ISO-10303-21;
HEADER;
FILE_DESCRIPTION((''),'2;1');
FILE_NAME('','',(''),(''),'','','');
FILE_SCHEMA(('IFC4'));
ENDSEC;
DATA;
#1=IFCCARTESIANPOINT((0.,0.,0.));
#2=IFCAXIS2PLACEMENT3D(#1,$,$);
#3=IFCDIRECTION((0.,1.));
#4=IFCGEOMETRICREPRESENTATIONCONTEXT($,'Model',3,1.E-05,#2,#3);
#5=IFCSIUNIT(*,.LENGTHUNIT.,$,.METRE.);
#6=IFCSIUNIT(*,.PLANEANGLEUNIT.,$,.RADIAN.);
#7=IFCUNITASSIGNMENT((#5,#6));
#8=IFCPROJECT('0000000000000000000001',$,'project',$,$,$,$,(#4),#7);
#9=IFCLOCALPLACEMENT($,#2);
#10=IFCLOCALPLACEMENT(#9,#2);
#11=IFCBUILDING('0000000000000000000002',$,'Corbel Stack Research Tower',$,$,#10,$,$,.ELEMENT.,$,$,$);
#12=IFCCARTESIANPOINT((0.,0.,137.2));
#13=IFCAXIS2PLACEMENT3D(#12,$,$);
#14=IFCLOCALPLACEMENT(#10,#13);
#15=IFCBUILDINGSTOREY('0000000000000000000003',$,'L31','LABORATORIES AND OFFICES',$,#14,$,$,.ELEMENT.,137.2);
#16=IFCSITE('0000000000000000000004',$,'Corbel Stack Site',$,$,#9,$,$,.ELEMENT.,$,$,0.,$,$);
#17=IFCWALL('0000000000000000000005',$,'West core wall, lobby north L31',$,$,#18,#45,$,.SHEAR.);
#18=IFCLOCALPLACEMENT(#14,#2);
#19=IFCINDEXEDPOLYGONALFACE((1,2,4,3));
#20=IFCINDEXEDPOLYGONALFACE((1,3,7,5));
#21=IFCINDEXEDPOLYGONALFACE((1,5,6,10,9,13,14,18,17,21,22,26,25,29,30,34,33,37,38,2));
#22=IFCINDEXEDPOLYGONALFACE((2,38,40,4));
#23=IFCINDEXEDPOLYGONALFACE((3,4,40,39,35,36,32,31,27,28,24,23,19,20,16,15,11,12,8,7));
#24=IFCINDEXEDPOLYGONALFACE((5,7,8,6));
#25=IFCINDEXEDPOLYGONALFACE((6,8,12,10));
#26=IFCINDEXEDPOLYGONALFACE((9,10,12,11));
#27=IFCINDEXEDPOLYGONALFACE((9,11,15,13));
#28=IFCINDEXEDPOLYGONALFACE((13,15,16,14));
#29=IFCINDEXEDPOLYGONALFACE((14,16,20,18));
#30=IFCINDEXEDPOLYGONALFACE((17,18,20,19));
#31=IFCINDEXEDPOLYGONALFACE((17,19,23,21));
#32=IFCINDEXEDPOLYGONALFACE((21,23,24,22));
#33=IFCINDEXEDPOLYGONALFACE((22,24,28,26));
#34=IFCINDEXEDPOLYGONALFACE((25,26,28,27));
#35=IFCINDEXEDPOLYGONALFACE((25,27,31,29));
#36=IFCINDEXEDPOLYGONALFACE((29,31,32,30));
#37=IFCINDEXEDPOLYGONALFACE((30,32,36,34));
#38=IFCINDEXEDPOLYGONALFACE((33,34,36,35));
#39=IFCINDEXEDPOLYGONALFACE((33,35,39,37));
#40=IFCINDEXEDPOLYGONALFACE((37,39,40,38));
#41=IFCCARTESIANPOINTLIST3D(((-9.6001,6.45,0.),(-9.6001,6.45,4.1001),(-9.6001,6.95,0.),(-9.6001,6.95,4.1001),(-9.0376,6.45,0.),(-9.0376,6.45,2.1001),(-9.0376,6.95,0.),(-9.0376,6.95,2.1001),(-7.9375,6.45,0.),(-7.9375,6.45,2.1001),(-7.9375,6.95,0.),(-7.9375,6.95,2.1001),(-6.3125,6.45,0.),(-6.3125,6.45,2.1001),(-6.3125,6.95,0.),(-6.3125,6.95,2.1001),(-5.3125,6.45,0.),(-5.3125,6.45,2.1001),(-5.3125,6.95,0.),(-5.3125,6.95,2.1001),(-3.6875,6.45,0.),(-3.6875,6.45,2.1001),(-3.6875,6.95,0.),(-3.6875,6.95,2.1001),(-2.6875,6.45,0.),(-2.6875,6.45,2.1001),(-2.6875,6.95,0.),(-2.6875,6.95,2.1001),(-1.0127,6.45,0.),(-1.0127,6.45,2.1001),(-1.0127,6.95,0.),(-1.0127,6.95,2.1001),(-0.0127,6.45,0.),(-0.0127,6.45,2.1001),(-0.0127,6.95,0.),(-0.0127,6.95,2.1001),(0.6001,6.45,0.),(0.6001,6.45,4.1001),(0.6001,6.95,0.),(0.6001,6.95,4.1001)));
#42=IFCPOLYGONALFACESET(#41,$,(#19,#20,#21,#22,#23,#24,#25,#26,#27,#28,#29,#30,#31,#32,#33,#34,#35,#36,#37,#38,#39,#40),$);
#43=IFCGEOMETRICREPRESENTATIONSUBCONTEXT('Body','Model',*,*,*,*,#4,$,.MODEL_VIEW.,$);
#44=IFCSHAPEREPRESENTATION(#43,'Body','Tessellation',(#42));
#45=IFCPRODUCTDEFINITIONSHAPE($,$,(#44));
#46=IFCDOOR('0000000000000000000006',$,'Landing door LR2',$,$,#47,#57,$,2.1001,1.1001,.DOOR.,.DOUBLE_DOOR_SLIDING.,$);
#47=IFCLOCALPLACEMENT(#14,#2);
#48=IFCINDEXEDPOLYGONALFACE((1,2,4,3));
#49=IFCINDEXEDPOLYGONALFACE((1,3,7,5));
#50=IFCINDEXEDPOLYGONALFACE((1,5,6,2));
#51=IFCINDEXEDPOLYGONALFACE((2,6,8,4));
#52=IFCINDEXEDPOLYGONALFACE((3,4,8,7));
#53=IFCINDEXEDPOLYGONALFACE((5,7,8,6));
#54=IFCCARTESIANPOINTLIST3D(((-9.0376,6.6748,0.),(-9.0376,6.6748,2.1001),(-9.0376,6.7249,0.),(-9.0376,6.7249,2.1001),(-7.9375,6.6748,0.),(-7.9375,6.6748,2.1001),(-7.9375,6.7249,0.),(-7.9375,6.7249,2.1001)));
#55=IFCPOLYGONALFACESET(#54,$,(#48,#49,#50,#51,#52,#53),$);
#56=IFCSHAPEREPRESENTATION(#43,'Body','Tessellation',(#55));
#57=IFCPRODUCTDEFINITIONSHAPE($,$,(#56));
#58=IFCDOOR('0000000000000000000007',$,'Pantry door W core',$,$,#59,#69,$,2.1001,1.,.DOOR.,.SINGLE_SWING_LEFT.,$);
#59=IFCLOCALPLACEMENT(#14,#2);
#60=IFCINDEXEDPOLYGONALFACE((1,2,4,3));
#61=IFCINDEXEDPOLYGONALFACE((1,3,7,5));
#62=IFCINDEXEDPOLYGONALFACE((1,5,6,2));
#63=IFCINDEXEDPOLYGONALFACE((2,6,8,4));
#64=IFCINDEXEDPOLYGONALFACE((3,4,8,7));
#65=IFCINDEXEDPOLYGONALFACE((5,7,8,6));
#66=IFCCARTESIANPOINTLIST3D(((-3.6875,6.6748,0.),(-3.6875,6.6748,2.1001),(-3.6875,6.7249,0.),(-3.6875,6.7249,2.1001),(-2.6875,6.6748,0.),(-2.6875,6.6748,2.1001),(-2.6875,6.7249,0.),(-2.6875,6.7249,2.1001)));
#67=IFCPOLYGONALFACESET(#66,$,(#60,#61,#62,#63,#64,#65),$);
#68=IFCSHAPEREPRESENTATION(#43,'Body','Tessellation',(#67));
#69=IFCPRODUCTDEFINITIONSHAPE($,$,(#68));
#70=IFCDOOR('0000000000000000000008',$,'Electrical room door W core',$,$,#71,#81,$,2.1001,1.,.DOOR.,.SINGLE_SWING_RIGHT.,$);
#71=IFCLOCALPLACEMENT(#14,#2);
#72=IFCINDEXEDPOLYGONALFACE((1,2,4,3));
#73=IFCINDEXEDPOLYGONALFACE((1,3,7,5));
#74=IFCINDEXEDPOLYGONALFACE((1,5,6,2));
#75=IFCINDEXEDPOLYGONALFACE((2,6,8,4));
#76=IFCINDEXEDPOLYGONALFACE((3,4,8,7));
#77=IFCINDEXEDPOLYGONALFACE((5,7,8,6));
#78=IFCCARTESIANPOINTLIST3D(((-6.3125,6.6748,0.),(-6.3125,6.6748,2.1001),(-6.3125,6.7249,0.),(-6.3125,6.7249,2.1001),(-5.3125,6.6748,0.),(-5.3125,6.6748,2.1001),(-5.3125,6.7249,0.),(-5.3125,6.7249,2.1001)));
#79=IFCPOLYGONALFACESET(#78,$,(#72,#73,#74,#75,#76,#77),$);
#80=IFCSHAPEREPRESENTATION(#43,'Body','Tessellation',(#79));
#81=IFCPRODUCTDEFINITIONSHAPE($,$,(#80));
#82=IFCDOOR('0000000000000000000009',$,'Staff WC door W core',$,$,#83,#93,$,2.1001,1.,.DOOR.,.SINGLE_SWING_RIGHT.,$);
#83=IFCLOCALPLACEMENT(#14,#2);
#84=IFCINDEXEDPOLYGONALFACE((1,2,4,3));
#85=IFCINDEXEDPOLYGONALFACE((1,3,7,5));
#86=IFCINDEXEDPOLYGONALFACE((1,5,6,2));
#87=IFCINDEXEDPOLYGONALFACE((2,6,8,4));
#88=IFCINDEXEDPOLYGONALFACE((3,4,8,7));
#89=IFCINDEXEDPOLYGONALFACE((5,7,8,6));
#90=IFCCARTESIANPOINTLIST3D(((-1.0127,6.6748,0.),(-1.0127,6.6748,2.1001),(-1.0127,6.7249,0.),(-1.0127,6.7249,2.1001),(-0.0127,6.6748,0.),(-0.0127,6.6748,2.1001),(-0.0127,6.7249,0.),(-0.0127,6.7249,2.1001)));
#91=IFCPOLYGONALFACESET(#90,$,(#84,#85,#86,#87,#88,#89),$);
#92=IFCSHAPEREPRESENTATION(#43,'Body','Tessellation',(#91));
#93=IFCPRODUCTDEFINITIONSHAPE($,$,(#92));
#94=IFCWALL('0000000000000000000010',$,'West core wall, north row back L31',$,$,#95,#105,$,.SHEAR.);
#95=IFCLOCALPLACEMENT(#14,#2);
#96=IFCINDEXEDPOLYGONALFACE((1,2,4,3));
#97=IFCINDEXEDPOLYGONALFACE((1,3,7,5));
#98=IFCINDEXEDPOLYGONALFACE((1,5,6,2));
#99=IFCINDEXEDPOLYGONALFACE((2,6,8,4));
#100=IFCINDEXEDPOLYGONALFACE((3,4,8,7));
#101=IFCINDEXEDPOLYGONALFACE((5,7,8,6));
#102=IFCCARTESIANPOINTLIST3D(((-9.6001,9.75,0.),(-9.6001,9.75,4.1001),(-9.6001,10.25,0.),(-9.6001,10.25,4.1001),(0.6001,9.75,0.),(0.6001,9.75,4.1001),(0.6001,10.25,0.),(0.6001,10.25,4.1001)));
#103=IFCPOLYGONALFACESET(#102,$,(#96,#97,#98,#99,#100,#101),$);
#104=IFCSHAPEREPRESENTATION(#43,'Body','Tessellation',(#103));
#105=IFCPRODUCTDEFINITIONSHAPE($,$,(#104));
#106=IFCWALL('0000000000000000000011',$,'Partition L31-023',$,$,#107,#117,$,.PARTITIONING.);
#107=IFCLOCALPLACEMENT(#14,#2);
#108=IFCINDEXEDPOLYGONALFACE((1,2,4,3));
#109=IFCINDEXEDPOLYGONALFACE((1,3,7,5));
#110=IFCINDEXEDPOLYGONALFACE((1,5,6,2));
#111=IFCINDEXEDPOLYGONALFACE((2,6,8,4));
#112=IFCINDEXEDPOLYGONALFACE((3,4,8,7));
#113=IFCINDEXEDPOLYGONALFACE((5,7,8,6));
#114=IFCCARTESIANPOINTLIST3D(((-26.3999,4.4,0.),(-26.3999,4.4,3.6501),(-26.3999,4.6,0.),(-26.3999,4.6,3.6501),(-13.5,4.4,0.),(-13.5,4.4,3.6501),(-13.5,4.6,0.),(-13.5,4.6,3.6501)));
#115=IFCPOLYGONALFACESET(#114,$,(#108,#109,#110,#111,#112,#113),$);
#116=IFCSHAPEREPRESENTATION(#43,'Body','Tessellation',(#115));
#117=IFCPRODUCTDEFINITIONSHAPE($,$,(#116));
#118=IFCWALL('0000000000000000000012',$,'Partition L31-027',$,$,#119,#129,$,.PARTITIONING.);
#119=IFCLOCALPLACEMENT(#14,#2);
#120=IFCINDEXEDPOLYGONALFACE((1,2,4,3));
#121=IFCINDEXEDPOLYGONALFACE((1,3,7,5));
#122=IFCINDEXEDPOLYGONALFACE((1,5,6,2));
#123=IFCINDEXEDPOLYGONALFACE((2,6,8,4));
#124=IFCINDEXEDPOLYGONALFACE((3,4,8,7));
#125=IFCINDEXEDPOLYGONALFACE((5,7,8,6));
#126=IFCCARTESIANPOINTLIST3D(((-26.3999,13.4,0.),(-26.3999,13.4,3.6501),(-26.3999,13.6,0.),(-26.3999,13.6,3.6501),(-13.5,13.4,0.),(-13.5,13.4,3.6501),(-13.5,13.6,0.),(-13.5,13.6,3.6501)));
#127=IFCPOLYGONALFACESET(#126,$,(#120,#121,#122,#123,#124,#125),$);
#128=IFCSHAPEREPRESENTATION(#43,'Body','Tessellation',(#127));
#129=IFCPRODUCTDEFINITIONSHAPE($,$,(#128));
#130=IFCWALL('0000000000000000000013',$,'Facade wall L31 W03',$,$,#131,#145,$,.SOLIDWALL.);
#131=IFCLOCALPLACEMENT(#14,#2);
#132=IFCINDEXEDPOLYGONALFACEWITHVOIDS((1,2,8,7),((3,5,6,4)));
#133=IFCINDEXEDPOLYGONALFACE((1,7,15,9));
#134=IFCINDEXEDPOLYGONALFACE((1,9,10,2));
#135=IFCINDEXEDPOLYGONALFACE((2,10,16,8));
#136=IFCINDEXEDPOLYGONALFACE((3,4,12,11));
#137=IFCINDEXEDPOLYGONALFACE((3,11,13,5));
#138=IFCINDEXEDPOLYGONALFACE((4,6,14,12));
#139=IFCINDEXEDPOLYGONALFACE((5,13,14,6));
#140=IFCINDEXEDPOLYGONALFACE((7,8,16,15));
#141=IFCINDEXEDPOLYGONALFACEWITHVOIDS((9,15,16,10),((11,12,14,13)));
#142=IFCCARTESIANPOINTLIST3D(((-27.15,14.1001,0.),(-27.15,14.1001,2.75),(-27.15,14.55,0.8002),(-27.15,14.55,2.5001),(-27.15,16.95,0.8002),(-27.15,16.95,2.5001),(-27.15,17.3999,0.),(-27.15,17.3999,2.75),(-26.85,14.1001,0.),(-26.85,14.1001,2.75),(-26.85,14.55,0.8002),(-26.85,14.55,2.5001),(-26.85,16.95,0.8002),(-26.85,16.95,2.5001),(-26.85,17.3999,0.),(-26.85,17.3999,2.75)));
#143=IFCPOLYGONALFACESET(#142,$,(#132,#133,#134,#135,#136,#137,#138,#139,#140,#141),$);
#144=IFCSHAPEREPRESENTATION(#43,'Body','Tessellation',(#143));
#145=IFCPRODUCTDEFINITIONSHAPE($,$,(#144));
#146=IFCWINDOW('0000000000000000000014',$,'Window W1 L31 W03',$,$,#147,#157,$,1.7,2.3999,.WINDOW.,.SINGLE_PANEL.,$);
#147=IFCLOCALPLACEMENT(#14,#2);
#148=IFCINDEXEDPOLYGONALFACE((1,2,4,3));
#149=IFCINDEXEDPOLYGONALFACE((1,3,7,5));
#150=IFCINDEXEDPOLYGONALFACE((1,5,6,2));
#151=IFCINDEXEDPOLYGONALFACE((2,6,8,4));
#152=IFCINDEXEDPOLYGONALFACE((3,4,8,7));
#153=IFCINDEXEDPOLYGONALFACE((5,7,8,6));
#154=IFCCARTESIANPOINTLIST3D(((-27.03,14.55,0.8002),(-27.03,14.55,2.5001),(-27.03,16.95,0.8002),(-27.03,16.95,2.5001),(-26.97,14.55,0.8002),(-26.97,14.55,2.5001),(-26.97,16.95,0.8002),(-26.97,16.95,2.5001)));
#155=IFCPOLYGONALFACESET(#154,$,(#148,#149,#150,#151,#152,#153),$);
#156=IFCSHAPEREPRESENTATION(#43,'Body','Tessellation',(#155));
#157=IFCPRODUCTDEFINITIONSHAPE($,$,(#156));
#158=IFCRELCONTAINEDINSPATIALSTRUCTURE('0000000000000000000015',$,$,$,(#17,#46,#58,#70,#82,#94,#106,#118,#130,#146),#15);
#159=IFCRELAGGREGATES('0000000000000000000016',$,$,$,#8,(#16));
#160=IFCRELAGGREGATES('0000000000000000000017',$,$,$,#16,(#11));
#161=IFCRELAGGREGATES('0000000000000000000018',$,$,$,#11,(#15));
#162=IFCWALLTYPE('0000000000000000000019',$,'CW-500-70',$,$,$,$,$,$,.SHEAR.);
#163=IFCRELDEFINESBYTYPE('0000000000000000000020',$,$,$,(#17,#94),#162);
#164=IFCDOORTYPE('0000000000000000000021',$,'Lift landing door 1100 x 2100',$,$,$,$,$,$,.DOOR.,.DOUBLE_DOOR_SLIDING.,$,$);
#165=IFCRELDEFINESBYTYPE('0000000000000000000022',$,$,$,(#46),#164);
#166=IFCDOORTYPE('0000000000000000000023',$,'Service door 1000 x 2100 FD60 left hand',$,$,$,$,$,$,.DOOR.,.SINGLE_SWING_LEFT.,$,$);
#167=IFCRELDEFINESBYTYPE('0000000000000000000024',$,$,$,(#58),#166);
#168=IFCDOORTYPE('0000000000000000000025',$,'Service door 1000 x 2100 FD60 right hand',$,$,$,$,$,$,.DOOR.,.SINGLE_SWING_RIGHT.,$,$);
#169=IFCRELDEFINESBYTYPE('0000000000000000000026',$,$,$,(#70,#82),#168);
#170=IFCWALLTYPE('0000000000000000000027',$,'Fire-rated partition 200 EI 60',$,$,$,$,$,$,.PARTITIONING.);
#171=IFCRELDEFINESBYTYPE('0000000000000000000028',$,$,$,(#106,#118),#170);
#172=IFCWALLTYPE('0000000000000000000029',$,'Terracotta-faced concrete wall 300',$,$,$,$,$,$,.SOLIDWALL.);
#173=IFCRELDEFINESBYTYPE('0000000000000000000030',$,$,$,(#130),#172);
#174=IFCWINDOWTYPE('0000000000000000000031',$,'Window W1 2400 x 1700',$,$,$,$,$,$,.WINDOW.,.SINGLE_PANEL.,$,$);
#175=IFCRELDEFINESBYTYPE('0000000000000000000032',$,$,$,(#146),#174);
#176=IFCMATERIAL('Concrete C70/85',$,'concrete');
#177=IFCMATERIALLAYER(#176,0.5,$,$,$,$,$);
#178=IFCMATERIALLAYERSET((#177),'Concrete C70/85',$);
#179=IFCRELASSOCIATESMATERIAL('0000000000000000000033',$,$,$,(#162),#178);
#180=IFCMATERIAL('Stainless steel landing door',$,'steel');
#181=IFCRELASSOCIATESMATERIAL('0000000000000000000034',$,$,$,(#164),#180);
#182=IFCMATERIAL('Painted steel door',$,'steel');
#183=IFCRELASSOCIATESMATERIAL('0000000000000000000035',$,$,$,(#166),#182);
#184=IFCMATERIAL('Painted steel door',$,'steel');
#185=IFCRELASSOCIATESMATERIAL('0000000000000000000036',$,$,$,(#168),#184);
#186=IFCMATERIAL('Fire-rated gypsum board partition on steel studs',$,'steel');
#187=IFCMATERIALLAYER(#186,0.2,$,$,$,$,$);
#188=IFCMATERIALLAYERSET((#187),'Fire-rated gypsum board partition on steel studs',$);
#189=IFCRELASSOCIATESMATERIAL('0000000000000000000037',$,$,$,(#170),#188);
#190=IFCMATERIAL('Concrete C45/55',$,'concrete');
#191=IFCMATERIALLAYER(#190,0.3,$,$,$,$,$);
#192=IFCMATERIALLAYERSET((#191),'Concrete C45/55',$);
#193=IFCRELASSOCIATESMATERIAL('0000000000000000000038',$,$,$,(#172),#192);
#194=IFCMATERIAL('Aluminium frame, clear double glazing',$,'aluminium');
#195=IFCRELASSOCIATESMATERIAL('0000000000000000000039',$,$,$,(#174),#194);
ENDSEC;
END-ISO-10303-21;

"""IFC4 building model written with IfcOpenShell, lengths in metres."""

from ifc_helpers import new_model, si_unit, direction, frame, frame_2d, origin, place, context, subcontext, project, spatial, rectangle, extrude, material, layer, layer_set, type_object, element, fill, save


model = new_model("IFC4")

# Units and contexts
model_context = context("Model", 3, precision=1e-05, world=origin(), true_north=direction((0.0, 1.0)))
body_context = subcontext(model_context, "Body", "Model", "MODEL_VIEW")
ifc_project = project(units=[si_unit("LENGTHUNIT", "METRE"), si_unit("PLANEANGLEUNIT", "RADIAN")], contexts=[model_context])

# Site, building, storey
site_placement = place(None, origin())
site = spatial("IfcSite", under=ifc_project, at=site_placement, Name="Corbel Stack Site", CompositionType="ELEMENT", RefElevation=0.0)
building_placement = place(site_placement, origin())
building = spatial("IfcBuilding", under=site, at=building_placement, Name="Corbel Stack Research Tower", CompositionType="ELEMENT")
storey_placement = place(building_placement, frame((0.0, 0.0, 137.2)))
storey = spatial("IfcBuildingStorey", under=building, at=storey_placement, Name="L31", Description="LABORATORIES AND OFFICES", CompositionType="ELEMENT", Elevation=137.2)

# Wall, openings, doors
ifc_material_1 = material(Name="Concrete C70/85", Category="concrete")
ifc_layer_1 = layer(ifc_material_1, 0.5)
ifc_layer_set_1 = layer_set([ifc_layer_1], Name="Concrete C70/85")
wall_type_1 = type_object("IfcWallType", Name="CW-500-70", PredefinedType="SHEAR", material=ifc_layer_set_1)
ifc_material_2 = material(Name="Stainless steel landing door", Category="steel")
door_type_1 = type_object("IfcDoorType", Name="Lift landing door 1100 x 2100", OperationType="DOUBLE_DOOR_SLIDING", PredefinedType="DOOR", material=ifc_material_2)
wall_1_placement = place(storey_placement, frame((-9.6001, 6.7, 0.0), z_axis=(0.0, 0.0, 1.0), x_axis=(1.0, 0.0, 0.0)))
wall_1 = element("IfcWall", 1, at=wall_1_placement, inside=storey, type_object=wall_type_1, Name="West core wall, lobby north L31", PredefinedType="SHEAR", context=body_context, shape_type="SweptSolid", body=[
    extrude(rectangle(XDim=10.2002, YDim=0.5, at=frame_2d((5.1001, 0.0))), origin(), (0.0, 0.0, 1.0), 4.1001),
])
opening_1_placement = place(wall_1_placement, frame((0.5625, 0.0, 0.0)))
opening_1 = element("IfcOpeningElement", 2, at=opening_1_placement, cuts=wall_1, PredefinedType="OPENING", context=body_context, shape_type="SweptSolid", body=[
    extrude(rectangle(XDim=1.1001, YDim=2.1001, at=frame_2d((0.55, 1.05))), frame((0.0, 0.26, 0.0), z_axis=(0.0, -1.0, 0.0), x_axis=(1.0, 0.0, 0.0)), (0.0, 0.0, 1.0), 0.52),
])
opening_2_placement = place(wall_1_placement, frame((3.2876, 0.0, 0.0)))
opening_2 = element("IfcOpeningElement", 3, at=opening_2_placement, cuts=wall_1, PredefinedType="OPENING", context=body_context, shape_type="SweptSolid", body=[
    extrude(rectangle(XDim=1.0, YDim=2.1001, at=frame_2d((0.5, 1.05))), frame((0.0, 0.26, 0.0), z_axis=(0.0, -1.0, 0.0), x_axis=(1.0, 0.0, 0.0)), (0.0, 0.0, 1.0), 0.52),
])
opening_3_placement = place(wall_1_placement, frame((5.9126, 0.0, 0.0)))
opening_3 = element("IfcOpeningElement", 4, at=opening_3_placement, cuts=wall_1, PredefinedType="OPENING", context=body_context, shape_type="SweptSolid", body=[
    extrude(rectangle(XDim=1.0, YDim=2.1001, at=frame_2d((0.5, 1.05))), frame((0.0, 0.26, 0.0), z_axis=(0.0, -1.0, 0.0), x_axis=(1.0, 0.0, 0.0)), (0.0, 0.0, 1.0), 0.52),
])
opening_4_placement = place(wall_1_placement, frame((8.5874, 0.0, 0.0)))
opening_4 = element("IfcOpeningElement", 5, at=opening_4_placement, cuts=wall_1, PredefinedType="OPENING", context=body_context, shape_type="SweptSolid", body=[
    extrude(rectangle(XDim=1.0, YDim=2.1001, at=frame_2d((0.5, 1.05))), frame((0.0, 0.26, 0.0), z_axis=(0.0, -1.0, 0.0), x_axis=(1.0, 0.0, 0.0)), (0.0, 0.0, 1.0), 0.52),
])
door_1_placement = place(opening_1_placement, origin())
door_1 = element("IfcDoor", 6, at=door_1_placement, inside=storey, type_object=door_type_1, Name="Landing door LR2", OperationType="DOUBLE_DOOR_SLIDING", OverallHeight=2.1001, OverallWidth=1.1001, PredefinedType="DOOR", context=body_context, shape_type="SweptSolid", body=[
    extrude(rectangle(XDim=1.1001, YDim=2.1001, at=frame_2d((0.55, 1.05))), frame((0.0, 0.0249, 0.0), z_axis=(0.0, -1.0, 0.0), x_axis=(1.0, 0.0, 0.0)), (0.0, 0.0, 1.0), 0.05),
])
fill(opening_1, door_1)
ifc_material_3 = material(Name="Painted steel door", Category="steel")
door_type_2 = type_object("IfcDoorType", Name="Service door 1000 x 2100 FD60 left hand", OperationType="SINGLE_SWING_LEFT", PredefinedType="DOOR", material=ifc_material_3)
door_2_placement = place(opening_3_placement, origin())
door_2 = element("IfcDoor", 7, at=door_2_placement, inside=storey, type_object=door_type_2, Name="Pantry door W core", OperationType="SINGLE_SWING_LEFT", OverallHeight=2.1001, OverallWidth=1.0, PredefinedType="DOOR", context=body_context, shape_type="SweptSolid", body=[
    extrude(rectangle(XDim=1.0, YDim=2.1001, at=frame_2d((0.5, 1.05))), frame((0.0, 0.0249, 0.0), z_axis=(0.0, -1.0, 0.0), x_axis=(1.0, 0.0, 0.0)), (0.0, 0.0, 1.0), 0.05),
])
fill(opening_3, door_2)
ifc_material_4 = material(Name="Painted steel door", Category="steel")
door_type_3 = type_object("IfcDoorType", Name="Service door 1000 x 2100 FD60 right hand", OperationType="SINGLE_SWING_RIGHT", PredefinedType="DOOR", material=ifc_material_4)
door_3_placement = place(opening_2_placement, origin())
door_3 = element("IfcDoor", 8, at=door_3_placement, inside=storey, type_object=door_type_3, Name="Electrical room door W core", OperationType="SINGLE_SWING_RIGHT", OverallHeight=2.1001, OverallWidth=1.0, PredefinedType="DOOR", context=body_context, shape_type="SweptSolid", body=[
    extrude(rectangle(XDim=1.0, YDim=2.1001, at=frame_2d((0.5, 1.05))), frame((0.0, 0.0249, 0.0), z_axis=(0.0, -1.0, 0.0), x_axis=(1.0, 0.0, 0.0)), (0.0, 0.0, 1.0), 0.05),
])
fill(opening_2, door_3)
door_4_placement = place(opening_4_placement, origin())
door_4 = element("IfcDoor", 9, at=door_4_placement, inside=storey, type_object=door_type_3, Name="Staff WC door W core", OperationType="SINGLE_SWING_RIGHT", OverallHeight=2.1001, OverallWidth=1.0, PredefinedType="DOOR", context=body_context, shape_type="SweptSolid", body=[
    extrude(rectangle(XDim=1.0, YDim=2.1001, at=frame_2d((0.5, 1.05))), frame((0.0, 0.0249, 0.0), z_axis=(0.0, -1.0, 0.0), x_axis=(1.0, 0.0, 0.0)), (0.0, 0.0, 1.0), 0.05),
])
fill(opening_4, door_4)

# Walls
wall_2_placement = place(storey_placement, frame((-9.6001, 10.0, 0.0), z_axis=(0.0, 0.0, 1.0), x_axis=(1.0, 0.0, 0.0)))
element("IfcWall", 10, at=wall_2_placement, inside=storey, type_object=wall_type_1, Name="West core wall, north row back L31", PredefinedType="SHEAR", context=body_context, shape_type="SweptSolid", body=[
    extrude(rectangle(XDim=10.2002, YDim=0.5, at=frame_2d((5.1001, 0.0))), origin(), (0.0, 0.0, 1.0), 4.1001),
])
ifc_material_5 = material(Name="Fire-rated gypsum board partition on steel studs", Category="steel")
ifc_layer_2 = layer(ifc_material_5, 0.2)
ifc_layer_set_2 = layer_set([ifc_layer_2], Name="Fire-rated gypsum board partition on steel studs")
wall_type_2 = type_object("IfcWallType", Name="Fire-rated partition 200 EI 60", PredefinedType="PARTITIONING", material=ifc_layer_set_2)
for number, where, z_axis, x_axis, name in (
    (11, (-26.3999, 4.5, 0.0), (0.0, 0.0, 1.0), (1.0, 0.0, 0.0), "Partition L31-023"),
    (12, (-26.3999, 13.5, 0.0), (0.0, 0.0, 1.0), (1.0, 0.0, 0.0), "Partition L31-027"),
):
    element("IfcWall", number, at=place(storey_placement, frame(where, z_axis=z_axis, x_axis=x_axis)), inside=storey, type_object=wall_type_2, Name=name, PredefinedType="PARTITIONING", context=body_context, shape_type="SweptSolid", body=[
        extrude(rectangle(XDim=12.8999, YDim=0.2, at=frame_2d((6.45, 0.0))), origin(), (0.0, 0.0, 1.0), 3.6501),
    ])

# Wall, opening, window
ifc_material_6 = material(Name="Concrete C45/55", Category="concrete")
ifc_layer_3 = layer(ifc_material_6, 0.3)
ifc_layer_set_3 = layer_set([ifc_layer_3], Name="Concrete C45/55")
wall_type_3 = type_object("IfcWallType", Name="Terracotta-faced concrete wall 300", PredefinedType="SOLIDWALL", material=ifc_layer_set_3)
wall_3_placement = place(storey_placement, frame((-27.0, 14.1001, 0.0), z_axis=(0.0, 0.0, 1.0), x_axis=(0.0, 1.0, 0.0)))
wall_3 = element("IfcWall", 13, at=wall_3_placement, inside=storey, type_object=wall_type_3, Name="Facade wall L31 W03", PredefinedType="SOLIDWALL", context=body_context, shape_type="SweptSolid", body=[
    extrude(rectangle(XDim=3.2998, YDim=0.3, at=frame_2d((1.6499, 0.0))), origin(), (0.0, 0.0, 1.0), 2.75),
])
opening_5_placement = place(wall_3_placement, frame((0.45, 0.0, 0.8)))
opening_5 = element("IfcOpeningElement", 14, at=opening_5_placement, cuts=wall_3, PredefinedType="OPENING", context=body_context, shape_type="SweptSolid", body=[
    extrude(rectangle(XDim=2.3999, YDim=1.7, at=frame_2d((1.2, 0.8501))), frame((0.0, 0.1599, 0.0), z_axis=(0.0, -1.0, 0.0), x_axis=(1.0, 0.0, 0.0)), (0.0, 0.0, 1.0), 0.3201),
])
ifc_material_7 = material(Name="Aluminium frame, clear double glazing", Category="aluminium")
window_type = type_object("IfcWindowType", Name="Window W1 2400 x 1700", PartitioningType="SINGLE_PANEL", PredefinedType="WINDOW", material=ifc_material_7)
window_placement = place(opening_5_placement, origin())
window = element("IfcWindow", 15, at=window_placement, inside=storey, type_object=window_type, Name="Window W1 L31 W03", OverallHeight=1.7, OverallWidth=2.3999, PartitioningType="SINGLE_PANEL", PredefinedType="WINDOW", context=body_context, shape_type="SweptSolid", body=[
    extrude(rectangle(XDim=2.3999, YDim=1.7, at=frame_2d((1.2, 0.8501))), frame((0.0, 0.03, 0.0), z_axis=(0.0, -1.0, 0.0), x_axis=(1.0, 0.0, 0.0)), (0.0, 0.0, 1.0), 0.0601),
])
fill(opening_5, window)

save(model, "model.ifc")
